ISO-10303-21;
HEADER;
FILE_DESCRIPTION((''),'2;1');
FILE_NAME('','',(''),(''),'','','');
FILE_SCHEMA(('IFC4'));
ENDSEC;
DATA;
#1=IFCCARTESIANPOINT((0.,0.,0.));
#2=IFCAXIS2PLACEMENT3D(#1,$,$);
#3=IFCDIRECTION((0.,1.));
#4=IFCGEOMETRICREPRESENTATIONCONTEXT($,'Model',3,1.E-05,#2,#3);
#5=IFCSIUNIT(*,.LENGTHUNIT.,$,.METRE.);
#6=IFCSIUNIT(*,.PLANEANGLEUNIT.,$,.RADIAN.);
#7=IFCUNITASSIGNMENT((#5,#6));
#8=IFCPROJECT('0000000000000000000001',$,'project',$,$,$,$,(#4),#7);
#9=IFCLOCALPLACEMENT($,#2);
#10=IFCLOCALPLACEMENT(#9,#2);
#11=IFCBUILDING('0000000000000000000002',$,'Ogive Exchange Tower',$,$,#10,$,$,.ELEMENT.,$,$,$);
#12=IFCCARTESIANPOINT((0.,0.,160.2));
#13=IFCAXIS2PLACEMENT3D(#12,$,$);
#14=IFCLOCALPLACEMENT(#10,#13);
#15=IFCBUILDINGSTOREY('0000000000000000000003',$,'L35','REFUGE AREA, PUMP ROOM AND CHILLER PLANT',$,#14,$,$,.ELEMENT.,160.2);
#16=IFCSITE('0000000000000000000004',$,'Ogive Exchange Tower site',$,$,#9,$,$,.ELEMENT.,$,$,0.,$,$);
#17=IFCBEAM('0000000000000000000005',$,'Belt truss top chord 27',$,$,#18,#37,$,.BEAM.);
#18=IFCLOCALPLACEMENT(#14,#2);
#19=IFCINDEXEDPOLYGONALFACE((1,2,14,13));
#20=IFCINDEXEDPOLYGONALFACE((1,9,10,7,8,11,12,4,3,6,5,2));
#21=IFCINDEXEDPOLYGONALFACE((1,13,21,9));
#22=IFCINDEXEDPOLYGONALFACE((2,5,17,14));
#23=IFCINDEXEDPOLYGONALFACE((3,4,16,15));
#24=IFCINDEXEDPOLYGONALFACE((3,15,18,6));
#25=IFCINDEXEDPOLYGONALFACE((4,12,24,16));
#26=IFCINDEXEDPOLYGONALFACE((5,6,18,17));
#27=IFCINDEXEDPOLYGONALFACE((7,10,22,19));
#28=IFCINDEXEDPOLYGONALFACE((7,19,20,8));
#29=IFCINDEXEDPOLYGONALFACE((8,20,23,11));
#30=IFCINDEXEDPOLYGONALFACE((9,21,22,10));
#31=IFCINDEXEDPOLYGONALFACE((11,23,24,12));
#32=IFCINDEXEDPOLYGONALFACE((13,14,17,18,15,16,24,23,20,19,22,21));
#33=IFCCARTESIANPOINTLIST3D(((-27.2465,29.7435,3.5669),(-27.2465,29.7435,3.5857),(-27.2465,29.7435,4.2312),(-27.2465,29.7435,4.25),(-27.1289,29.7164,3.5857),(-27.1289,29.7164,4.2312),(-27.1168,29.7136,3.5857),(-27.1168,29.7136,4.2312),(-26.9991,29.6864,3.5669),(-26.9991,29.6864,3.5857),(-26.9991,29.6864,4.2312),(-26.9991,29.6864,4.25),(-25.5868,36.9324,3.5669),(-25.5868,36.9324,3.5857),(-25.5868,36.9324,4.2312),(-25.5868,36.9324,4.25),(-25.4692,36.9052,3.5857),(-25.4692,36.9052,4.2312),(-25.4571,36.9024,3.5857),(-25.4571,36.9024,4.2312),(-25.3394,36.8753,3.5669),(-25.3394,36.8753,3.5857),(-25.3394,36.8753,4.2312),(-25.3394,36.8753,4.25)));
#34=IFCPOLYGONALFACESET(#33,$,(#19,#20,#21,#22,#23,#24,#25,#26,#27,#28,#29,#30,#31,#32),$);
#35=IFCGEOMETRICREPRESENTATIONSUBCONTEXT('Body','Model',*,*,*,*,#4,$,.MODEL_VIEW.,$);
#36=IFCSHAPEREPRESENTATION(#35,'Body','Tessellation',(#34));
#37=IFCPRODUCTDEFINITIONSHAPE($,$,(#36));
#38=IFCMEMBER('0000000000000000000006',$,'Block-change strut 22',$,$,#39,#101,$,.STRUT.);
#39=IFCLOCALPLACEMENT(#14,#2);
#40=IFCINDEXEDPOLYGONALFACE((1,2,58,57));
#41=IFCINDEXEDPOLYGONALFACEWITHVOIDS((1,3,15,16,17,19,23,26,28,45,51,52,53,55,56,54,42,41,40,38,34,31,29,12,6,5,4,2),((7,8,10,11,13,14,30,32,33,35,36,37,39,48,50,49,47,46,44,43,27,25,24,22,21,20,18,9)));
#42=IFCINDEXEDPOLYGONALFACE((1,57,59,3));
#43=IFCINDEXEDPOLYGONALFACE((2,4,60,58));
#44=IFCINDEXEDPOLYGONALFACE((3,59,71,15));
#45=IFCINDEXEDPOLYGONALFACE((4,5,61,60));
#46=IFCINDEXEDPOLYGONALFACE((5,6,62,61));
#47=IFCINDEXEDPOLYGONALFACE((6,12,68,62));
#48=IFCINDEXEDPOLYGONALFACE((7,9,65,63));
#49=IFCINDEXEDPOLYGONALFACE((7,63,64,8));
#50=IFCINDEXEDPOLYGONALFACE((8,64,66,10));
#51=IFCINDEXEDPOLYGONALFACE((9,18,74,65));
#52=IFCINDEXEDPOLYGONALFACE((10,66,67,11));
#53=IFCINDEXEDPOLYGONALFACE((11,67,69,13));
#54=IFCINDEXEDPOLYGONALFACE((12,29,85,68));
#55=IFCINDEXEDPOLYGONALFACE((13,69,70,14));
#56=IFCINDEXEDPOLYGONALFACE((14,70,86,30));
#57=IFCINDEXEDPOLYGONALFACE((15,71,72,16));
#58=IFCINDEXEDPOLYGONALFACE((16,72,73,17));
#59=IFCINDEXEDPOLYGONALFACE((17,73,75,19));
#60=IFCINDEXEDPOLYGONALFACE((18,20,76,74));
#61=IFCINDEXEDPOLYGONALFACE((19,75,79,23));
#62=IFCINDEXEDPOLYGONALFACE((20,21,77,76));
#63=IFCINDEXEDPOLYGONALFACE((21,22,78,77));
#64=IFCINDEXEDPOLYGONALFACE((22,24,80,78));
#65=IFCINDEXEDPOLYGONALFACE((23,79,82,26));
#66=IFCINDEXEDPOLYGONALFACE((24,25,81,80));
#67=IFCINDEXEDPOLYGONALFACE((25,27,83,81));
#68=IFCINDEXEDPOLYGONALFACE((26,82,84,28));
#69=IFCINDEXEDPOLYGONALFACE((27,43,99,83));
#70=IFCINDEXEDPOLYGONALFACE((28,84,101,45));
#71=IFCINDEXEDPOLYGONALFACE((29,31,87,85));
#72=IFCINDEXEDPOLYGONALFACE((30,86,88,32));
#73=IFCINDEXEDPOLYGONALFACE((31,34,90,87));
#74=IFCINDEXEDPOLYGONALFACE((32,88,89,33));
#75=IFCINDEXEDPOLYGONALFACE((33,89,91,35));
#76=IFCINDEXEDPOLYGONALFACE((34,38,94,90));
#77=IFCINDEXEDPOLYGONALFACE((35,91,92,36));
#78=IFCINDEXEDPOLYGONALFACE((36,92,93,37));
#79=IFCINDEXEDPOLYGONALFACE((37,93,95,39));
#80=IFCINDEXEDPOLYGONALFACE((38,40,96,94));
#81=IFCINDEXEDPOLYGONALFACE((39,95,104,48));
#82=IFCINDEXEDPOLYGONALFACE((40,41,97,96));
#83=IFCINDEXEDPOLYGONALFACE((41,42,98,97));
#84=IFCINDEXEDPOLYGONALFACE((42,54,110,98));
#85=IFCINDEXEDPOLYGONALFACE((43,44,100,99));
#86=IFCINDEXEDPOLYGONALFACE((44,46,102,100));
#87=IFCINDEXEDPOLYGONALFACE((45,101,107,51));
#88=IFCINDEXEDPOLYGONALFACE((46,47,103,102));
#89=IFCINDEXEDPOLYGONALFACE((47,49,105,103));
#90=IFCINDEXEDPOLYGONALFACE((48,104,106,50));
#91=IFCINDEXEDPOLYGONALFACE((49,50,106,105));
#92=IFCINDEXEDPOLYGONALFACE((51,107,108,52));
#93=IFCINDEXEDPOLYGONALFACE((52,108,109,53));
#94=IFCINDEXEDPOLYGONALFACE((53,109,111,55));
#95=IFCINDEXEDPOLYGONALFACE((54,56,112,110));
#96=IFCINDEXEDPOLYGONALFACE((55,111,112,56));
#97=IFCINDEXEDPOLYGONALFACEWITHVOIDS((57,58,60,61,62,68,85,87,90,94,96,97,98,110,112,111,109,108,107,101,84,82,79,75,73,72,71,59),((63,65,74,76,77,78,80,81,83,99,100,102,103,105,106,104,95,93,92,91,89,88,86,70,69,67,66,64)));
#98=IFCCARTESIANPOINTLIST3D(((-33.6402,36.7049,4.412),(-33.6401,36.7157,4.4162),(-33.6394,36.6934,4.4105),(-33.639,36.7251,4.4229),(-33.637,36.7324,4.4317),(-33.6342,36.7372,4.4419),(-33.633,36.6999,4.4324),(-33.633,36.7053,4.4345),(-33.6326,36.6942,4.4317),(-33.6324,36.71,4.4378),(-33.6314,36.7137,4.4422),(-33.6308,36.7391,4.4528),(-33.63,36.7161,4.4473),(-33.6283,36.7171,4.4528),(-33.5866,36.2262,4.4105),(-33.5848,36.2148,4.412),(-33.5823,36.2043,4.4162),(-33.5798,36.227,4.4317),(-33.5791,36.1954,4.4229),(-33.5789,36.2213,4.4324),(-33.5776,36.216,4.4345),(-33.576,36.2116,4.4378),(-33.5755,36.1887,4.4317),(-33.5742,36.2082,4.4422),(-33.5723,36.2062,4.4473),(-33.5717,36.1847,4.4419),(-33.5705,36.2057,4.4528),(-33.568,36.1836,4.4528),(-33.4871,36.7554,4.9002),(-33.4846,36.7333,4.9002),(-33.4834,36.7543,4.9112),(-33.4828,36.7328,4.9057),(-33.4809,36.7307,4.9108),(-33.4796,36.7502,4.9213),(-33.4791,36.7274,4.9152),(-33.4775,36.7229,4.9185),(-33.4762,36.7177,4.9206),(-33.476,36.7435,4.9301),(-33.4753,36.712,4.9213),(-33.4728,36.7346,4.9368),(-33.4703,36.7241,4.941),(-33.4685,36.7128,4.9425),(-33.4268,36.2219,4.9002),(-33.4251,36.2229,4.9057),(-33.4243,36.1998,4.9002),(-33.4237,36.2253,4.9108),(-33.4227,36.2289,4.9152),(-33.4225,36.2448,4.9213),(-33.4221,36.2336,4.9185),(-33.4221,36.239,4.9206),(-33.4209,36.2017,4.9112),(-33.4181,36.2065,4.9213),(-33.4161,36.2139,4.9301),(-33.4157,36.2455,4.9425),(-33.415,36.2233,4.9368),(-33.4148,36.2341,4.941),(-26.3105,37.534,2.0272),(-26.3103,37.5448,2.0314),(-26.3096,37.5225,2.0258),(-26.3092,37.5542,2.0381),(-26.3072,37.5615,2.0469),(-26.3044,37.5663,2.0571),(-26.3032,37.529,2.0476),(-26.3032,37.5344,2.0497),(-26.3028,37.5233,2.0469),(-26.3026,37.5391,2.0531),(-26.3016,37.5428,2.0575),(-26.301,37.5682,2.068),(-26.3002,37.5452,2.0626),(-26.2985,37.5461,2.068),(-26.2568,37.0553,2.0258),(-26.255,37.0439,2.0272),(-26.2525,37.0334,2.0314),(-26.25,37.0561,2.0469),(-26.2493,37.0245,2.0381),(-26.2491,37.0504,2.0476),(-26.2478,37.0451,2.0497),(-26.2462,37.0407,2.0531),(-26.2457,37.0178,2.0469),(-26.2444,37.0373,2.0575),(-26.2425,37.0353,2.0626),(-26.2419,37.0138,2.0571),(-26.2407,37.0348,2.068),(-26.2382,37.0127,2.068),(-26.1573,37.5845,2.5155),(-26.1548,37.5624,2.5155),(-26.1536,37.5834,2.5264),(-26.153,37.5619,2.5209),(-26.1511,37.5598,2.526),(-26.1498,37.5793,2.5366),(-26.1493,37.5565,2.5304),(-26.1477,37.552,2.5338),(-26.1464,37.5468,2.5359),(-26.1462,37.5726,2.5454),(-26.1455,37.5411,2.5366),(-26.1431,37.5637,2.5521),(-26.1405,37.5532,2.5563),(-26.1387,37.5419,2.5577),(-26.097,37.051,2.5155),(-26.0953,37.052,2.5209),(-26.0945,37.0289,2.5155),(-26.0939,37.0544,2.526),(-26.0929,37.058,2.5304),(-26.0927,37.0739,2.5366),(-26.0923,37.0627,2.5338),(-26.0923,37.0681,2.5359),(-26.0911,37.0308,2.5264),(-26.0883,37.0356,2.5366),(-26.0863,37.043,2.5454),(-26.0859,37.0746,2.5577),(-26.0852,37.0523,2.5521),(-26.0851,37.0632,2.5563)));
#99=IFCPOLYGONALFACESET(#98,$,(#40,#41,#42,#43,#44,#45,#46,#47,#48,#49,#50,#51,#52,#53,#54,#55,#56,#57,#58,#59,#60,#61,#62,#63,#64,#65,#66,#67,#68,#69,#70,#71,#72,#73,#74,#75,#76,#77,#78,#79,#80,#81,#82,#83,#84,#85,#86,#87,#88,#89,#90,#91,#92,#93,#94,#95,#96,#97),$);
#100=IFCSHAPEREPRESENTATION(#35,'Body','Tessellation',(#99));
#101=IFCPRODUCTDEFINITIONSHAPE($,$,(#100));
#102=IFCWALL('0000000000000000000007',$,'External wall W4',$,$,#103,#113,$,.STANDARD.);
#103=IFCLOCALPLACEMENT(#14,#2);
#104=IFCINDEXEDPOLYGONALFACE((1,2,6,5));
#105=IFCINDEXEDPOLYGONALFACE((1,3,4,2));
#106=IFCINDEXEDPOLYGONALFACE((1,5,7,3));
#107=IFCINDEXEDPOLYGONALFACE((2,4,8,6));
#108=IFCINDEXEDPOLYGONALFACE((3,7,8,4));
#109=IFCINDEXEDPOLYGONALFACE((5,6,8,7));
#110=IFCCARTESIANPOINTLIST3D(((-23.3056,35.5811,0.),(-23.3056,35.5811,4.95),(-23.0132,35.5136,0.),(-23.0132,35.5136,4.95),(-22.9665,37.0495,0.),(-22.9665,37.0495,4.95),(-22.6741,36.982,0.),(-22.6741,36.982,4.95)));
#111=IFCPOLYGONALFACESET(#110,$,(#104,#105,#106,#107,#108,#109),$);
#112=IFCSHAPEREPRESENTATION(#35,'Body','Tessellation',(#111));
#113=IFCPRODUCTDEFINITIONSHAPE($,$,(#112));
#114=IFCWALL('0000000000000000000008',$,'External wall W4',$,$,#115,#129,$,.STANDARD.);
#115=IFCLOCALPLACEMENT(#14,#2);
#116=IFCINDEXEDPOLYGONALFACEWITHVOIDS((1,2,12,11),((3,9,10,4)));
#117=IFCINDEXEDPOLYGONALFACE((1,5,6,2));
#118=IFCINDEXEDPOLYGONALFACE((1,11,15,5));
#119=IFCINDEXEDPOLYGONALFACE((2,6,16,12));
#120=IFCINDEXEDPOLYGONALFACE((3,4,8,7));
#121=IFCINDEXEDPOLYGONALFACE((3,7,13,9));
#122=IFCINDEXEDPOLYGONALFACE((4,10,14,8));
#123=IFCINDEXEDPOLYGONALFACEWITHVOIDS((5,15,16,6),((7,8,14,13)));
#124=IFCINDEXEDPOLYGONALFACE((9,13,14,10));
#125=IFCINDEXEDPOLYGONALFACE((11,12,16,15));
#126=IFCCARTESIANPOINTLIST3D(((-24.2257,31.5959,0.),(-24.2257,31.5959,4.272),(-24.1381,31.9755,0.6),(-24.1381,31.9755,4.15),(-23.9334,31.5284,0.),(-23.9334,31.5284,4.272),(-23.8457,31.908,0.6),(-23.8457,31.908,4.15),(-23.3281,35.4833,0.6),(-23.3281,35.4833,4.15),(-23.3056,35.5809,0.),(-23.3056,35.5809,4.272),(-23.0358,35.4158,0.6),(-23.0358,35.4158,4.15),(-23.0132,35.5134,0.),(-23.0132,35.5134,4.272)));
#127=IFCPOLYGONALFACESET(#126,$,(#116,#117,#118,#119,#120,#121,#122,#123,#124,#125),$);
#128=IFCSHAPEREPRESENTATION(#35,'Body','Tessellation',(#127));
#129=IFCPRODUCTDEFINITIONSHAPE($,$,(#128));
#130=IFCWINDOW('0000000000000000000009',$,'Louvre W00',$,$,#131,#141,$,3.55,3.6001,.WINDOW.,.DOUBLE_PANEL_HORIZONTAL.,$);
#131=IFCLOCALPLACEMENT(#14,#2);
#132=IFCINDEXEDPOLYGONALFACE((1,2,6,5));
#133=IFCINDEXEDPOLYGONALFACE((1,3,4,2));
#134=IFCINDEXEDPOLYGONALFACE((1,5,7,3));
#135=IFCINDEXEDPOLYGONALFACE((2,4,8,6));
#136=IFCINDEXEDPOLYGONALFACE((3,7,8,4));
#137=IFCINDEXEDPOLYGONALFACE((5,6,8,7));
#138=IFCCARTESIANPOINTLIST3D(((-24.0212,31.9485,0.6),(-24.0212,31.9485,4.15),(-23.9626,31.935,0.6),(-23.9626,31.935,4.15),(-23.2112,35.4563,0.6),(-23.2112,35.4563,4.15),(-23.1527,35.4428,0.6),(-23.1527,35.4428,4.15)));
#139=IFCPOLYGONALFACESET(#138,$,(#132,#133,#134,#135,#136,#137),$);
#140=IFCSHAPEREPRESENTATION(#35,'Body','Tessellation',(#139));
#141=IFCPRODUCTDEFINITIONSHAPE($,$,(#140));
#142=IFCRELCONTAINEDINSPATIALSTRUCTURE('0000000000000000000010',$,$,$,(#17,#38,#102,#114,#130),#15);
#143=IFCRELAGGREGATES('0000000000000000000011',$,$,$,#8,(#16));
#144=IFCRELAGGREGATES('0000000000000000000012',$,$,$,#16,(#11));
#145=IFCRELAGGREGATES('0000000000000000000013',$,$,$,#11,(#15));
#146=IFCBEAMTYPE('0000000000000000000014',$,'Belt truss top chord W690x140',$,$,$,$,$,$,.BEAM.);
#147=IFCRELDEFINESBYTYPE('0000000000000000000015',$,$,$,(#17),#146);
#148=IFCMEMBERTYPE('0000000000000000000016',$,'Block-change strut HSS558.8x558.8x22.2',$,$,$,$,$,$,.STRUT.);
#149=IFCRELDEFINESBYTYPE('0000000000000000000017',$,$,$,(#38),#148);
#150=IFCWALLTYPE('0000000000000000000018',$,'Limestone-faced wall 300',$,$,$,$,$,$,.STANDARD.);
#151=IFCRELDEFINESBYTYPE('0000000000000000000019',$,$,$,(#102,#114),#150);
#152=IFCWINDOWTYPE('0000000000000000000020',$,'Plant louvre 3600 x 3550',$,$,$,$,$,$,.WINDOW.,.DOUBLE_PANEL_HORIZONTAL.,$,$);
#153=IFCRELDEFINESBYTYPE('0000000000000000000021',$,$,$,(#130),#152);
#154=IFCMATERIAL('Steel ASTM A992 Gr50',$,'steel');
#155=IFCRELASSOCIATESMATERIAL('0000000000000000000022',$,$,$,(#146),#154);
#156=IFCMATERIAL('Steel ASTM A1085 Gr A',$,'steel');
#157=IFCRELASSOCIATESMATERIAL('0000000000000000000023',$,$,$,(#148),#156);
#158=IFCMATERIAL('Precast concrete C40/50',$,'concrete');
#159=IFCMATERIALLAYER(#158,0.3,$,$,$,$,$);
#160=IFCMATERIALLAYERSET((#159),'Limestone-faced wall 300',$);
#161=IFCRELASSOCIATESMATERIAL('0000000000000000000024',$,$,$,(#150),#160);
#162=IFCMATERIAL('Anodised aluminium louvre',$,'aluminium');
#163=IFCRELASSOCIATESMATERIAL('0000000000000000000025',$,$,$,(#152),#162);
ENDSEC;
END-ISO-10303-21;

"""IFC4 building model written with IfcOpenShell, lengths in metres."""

from ifc_helpers import new_model, si_unit, direction, frame, frame_2d, origin, origin_2d, place, context, subcontext, project, spatial, rectangle, hollow_rectangle, i_section, extrude, material, layer, layer_set, material_profile, profile_set, type_object, element, fill, save


model = new_model("IFC4")

# Units and contexts
model_context = context("Model", 3, precision=1e-05, world=origin(), true_north=direction((0.0, 1.0)))
body_context = subcontext(model_context, "Body", "Model", "MODEL_VIEW")
ifc_project = project(units=[si_unit("LENGTHUNIT", "METRE"), si_unit("PLANEANGLEUNIT", "RADIAN")], contexts=[model_context])

# Site, building, storey
site_placement = place(None, origin())
site = spatial("IfcSite", under=ifc_project, at=site_placement, Name="Ogive Exchange Tower site", CompositionType="ELEMENT", RefElevation=0.0)
building_placement = place(site_placement, origin())
building = spatial("IfcBuilding", under=site, at=building_placement, Name="Ogive Exchange Tower", CompositionType="ELEMENT")
storey_placement = place(building_placement, frame((0.0, 0.0, 160.2)))
storey = spatial("IfcBuildingStorey", under=building, at=storey_placement, Name="L35", Description="REFUGE AREA, PUMP ROOM AND CHILLER PLANT", CompositionType="ELEMENT", Elevation=160.2)

# Shared definitions
ifc_material_1 = material(Name="Steel ASTM A992 Gr50", Category="steel")

# Shared definitions
ifc_material_2 = material(Name="Steel ASTM A1085 Gr A", Category="steel")

# Beam
ifc_material_profile_1 = material_profile(ifc_material_1, i_section(OverallWidth=0.2539, OverallDepth=0.6831, WebThickness=0.0125, FlangeThickness=0.0188, at=origin_2d()), Name="W690x140")
ifc_profile_set_1 = profile_set([ifc_material_profile_1], Name="Steel ASTM A992 Gr50")
beam_type_1 = type_object("IfcBeamType", Name="Belt truss top chord W690x140", PredefinedType="BEAM", material=ifc_profile_set_1)
beam_1_placement = place(storey_placement, frame((-25.4631, 36.9038, 3.9084), z_axis=(-0.224954, -0.974369, 0.0), x_axis=(0.974369, -0.224954, 0.0)))
element("IfcBeam", 1, at=beam_1_placement, inside=storey, type_object=beam_type_1, Name="Belt truss top chord 27", PredefinedType="BEAM", context=body_context, shape_type="SweptSolid", body=[
    extrude(i_section(OverallWidth=0.2539, OverallDepth=0.6831, WebThickness=0.0125, FlangeThickness=0.0188, at=origin_2d()), origin(), (0.0, 0.0, 1.0), 7.3779),
])

# Member
ifc_material_profile_2 = material_profile(ifc_material_2, hollow_rectangle(XDim=0.5591, YDim=0.5591, WallThickness=0.0222, InnerFilletRadius=0.0222, OuterFilletRadius=0.0444, at=origin_2d()), Name="HSS558.8x558.8x22.2")
ifc_profile_set_2 = profile_set([ifc_material_profile_2], Name="Steel ASTM A1085 Gr A")
member_type_1 = type_object("IfcMemberType", Name="Block-change strut HSS558.8x558.8x22.2", PredefinedType="STRUT", material=ifc_profile_set_2)
member_1_placement = place(storey_placement, frame((-26.1978, 37.2986, 2.2917), z_axis=(-0.945482, -0.106947, 0.307613), x_axis=(0.112397, -0.993663, 0.0)))
element("IfcMember", 2, at=member_1_placement, inside=storey, type_object=member_type_1, Name="Block-change strut 22", PredefinedType="STRUT", context=body_context, shape_type="SweptSolid", body=[
    extrude(hollow_rectangle(XDim=0.5591, YDim=0.5591, WallThickness=0.0222, InnerFilletRadius=0.0222, OuterFilletRadius=0.0444, at=origin_2d()), origin(), (0.0, 0.0, 1.0), 7.7524),
])

# Wall
ifc_material_3 = material(Name="Precast concrete C40/50", Category="concrete")
ifc_layer = layer(ifc_material_3, 0.3)
ifc_layer_set = layer_set([ifc_layer], Name="Limestone-faced wall 300")
wall_type = type_object("IfcWallType", Name="Limestone-faced wall 300", PredefinedType="STANDARD", material=ifc_layer_set)
wall_1_placement = place(storey_placement, frame((-22.8203, 37.0156, 0.0), z_axis=(0.0, 0.0, 1.0), x_axis=(-0.225001, -0.974358, 0.0)))
element("IfcWall", 3, at=wall_1_placement, inside=storey, type_object=wall_type, Name="External wall W4", PredefinedType="STANDARD", context=body_context, shape_type="SweptSolid", body=[
    extrude(rectangle(XDim=1.5071, YDim=0.3, at=frame_2d((0.7534, 0.0))), origin(), (0.0, 0.0, 1.0), 4.95),
])

# Wall, opening, window
wall_2_placement = place(storey_placement, frame((-23.1594, 35.5471, 0.0), z_axis=(0.0, 0.0, 1.0), x_axis=(-0.224982, -0.974363, 0.0)))
wall_2 = element("IfcWall", 4, at=wall_2_placement, inside=storey, type_object=wall_type, Name="External wall W4", PredefinedType="STANDARD", context=body_context, shape_type="SweptSolid", body=[
    extrude(rectangle(XDim=4.0898, YDim=0.3, at=frame_2d((2.0449, 0.0))), origin(), (0.0, 0.0, 1.0), 4.272),
])
opening_1_placement = place(wall_2_placement, frame((0.1001, 0.0, 0.6001)))
opening_1 = element("IfcOpeningElement", 5, at=opening_1_placement, cuts=wall_2, PredefinedType="OPENING", context=body_context, shape_type="SweptSolid", body=[
    extrude(rectangle(XDim=3.6001, YDim=3.55, at=frame_2d((1.8, 1.7749))), frame((0.0, 0.1599, 0.0), z_axis=(0.0, -1.0, 0.0), x_axis=(1.0, 0.0, 0.0)), (0.0, 0.0, 1.0), 0.3201),
])
ifc_material_4 = material(Name="Anodised aluminium louvre", Category="aluminium")
window_type_1 = type_object("IfcWindowType", Name="Plant louvre 3600 x 3550", PartitioningType="DOUBLE_PANEL_HORIZONTAL", PredefinedType="WINDOW", material=ifc_material_4)
window_1_placement = place(opening_1_placement, origin())
window_1 = element("IfcWindow", 6, at=window_1_placement, inside=storey, type_object=window_type_1, Name="Louvre W00", OverallHeight=3.55, OverallWidth=3.6001, PartitioningType="DOUBLE_PANEL_HORIZONTAL", PredefinedType="WINDOW", context=body_context, shape_type="SweptSolid", body=[
    extrude(rectangle(XDim=3.6001, YDim=3.55, at=frame_2d((1.8, 1.7749))), frame((0.0, 0.03, 0.0), z_axis=(0.0, -1.0, 0.0), x_axis=(1.0, 0.0, 0.0)), (0.0, 0.0, 1.0), 0.0601),
])
fill(opening_1, window_1)

save(model, "model.ifc")
